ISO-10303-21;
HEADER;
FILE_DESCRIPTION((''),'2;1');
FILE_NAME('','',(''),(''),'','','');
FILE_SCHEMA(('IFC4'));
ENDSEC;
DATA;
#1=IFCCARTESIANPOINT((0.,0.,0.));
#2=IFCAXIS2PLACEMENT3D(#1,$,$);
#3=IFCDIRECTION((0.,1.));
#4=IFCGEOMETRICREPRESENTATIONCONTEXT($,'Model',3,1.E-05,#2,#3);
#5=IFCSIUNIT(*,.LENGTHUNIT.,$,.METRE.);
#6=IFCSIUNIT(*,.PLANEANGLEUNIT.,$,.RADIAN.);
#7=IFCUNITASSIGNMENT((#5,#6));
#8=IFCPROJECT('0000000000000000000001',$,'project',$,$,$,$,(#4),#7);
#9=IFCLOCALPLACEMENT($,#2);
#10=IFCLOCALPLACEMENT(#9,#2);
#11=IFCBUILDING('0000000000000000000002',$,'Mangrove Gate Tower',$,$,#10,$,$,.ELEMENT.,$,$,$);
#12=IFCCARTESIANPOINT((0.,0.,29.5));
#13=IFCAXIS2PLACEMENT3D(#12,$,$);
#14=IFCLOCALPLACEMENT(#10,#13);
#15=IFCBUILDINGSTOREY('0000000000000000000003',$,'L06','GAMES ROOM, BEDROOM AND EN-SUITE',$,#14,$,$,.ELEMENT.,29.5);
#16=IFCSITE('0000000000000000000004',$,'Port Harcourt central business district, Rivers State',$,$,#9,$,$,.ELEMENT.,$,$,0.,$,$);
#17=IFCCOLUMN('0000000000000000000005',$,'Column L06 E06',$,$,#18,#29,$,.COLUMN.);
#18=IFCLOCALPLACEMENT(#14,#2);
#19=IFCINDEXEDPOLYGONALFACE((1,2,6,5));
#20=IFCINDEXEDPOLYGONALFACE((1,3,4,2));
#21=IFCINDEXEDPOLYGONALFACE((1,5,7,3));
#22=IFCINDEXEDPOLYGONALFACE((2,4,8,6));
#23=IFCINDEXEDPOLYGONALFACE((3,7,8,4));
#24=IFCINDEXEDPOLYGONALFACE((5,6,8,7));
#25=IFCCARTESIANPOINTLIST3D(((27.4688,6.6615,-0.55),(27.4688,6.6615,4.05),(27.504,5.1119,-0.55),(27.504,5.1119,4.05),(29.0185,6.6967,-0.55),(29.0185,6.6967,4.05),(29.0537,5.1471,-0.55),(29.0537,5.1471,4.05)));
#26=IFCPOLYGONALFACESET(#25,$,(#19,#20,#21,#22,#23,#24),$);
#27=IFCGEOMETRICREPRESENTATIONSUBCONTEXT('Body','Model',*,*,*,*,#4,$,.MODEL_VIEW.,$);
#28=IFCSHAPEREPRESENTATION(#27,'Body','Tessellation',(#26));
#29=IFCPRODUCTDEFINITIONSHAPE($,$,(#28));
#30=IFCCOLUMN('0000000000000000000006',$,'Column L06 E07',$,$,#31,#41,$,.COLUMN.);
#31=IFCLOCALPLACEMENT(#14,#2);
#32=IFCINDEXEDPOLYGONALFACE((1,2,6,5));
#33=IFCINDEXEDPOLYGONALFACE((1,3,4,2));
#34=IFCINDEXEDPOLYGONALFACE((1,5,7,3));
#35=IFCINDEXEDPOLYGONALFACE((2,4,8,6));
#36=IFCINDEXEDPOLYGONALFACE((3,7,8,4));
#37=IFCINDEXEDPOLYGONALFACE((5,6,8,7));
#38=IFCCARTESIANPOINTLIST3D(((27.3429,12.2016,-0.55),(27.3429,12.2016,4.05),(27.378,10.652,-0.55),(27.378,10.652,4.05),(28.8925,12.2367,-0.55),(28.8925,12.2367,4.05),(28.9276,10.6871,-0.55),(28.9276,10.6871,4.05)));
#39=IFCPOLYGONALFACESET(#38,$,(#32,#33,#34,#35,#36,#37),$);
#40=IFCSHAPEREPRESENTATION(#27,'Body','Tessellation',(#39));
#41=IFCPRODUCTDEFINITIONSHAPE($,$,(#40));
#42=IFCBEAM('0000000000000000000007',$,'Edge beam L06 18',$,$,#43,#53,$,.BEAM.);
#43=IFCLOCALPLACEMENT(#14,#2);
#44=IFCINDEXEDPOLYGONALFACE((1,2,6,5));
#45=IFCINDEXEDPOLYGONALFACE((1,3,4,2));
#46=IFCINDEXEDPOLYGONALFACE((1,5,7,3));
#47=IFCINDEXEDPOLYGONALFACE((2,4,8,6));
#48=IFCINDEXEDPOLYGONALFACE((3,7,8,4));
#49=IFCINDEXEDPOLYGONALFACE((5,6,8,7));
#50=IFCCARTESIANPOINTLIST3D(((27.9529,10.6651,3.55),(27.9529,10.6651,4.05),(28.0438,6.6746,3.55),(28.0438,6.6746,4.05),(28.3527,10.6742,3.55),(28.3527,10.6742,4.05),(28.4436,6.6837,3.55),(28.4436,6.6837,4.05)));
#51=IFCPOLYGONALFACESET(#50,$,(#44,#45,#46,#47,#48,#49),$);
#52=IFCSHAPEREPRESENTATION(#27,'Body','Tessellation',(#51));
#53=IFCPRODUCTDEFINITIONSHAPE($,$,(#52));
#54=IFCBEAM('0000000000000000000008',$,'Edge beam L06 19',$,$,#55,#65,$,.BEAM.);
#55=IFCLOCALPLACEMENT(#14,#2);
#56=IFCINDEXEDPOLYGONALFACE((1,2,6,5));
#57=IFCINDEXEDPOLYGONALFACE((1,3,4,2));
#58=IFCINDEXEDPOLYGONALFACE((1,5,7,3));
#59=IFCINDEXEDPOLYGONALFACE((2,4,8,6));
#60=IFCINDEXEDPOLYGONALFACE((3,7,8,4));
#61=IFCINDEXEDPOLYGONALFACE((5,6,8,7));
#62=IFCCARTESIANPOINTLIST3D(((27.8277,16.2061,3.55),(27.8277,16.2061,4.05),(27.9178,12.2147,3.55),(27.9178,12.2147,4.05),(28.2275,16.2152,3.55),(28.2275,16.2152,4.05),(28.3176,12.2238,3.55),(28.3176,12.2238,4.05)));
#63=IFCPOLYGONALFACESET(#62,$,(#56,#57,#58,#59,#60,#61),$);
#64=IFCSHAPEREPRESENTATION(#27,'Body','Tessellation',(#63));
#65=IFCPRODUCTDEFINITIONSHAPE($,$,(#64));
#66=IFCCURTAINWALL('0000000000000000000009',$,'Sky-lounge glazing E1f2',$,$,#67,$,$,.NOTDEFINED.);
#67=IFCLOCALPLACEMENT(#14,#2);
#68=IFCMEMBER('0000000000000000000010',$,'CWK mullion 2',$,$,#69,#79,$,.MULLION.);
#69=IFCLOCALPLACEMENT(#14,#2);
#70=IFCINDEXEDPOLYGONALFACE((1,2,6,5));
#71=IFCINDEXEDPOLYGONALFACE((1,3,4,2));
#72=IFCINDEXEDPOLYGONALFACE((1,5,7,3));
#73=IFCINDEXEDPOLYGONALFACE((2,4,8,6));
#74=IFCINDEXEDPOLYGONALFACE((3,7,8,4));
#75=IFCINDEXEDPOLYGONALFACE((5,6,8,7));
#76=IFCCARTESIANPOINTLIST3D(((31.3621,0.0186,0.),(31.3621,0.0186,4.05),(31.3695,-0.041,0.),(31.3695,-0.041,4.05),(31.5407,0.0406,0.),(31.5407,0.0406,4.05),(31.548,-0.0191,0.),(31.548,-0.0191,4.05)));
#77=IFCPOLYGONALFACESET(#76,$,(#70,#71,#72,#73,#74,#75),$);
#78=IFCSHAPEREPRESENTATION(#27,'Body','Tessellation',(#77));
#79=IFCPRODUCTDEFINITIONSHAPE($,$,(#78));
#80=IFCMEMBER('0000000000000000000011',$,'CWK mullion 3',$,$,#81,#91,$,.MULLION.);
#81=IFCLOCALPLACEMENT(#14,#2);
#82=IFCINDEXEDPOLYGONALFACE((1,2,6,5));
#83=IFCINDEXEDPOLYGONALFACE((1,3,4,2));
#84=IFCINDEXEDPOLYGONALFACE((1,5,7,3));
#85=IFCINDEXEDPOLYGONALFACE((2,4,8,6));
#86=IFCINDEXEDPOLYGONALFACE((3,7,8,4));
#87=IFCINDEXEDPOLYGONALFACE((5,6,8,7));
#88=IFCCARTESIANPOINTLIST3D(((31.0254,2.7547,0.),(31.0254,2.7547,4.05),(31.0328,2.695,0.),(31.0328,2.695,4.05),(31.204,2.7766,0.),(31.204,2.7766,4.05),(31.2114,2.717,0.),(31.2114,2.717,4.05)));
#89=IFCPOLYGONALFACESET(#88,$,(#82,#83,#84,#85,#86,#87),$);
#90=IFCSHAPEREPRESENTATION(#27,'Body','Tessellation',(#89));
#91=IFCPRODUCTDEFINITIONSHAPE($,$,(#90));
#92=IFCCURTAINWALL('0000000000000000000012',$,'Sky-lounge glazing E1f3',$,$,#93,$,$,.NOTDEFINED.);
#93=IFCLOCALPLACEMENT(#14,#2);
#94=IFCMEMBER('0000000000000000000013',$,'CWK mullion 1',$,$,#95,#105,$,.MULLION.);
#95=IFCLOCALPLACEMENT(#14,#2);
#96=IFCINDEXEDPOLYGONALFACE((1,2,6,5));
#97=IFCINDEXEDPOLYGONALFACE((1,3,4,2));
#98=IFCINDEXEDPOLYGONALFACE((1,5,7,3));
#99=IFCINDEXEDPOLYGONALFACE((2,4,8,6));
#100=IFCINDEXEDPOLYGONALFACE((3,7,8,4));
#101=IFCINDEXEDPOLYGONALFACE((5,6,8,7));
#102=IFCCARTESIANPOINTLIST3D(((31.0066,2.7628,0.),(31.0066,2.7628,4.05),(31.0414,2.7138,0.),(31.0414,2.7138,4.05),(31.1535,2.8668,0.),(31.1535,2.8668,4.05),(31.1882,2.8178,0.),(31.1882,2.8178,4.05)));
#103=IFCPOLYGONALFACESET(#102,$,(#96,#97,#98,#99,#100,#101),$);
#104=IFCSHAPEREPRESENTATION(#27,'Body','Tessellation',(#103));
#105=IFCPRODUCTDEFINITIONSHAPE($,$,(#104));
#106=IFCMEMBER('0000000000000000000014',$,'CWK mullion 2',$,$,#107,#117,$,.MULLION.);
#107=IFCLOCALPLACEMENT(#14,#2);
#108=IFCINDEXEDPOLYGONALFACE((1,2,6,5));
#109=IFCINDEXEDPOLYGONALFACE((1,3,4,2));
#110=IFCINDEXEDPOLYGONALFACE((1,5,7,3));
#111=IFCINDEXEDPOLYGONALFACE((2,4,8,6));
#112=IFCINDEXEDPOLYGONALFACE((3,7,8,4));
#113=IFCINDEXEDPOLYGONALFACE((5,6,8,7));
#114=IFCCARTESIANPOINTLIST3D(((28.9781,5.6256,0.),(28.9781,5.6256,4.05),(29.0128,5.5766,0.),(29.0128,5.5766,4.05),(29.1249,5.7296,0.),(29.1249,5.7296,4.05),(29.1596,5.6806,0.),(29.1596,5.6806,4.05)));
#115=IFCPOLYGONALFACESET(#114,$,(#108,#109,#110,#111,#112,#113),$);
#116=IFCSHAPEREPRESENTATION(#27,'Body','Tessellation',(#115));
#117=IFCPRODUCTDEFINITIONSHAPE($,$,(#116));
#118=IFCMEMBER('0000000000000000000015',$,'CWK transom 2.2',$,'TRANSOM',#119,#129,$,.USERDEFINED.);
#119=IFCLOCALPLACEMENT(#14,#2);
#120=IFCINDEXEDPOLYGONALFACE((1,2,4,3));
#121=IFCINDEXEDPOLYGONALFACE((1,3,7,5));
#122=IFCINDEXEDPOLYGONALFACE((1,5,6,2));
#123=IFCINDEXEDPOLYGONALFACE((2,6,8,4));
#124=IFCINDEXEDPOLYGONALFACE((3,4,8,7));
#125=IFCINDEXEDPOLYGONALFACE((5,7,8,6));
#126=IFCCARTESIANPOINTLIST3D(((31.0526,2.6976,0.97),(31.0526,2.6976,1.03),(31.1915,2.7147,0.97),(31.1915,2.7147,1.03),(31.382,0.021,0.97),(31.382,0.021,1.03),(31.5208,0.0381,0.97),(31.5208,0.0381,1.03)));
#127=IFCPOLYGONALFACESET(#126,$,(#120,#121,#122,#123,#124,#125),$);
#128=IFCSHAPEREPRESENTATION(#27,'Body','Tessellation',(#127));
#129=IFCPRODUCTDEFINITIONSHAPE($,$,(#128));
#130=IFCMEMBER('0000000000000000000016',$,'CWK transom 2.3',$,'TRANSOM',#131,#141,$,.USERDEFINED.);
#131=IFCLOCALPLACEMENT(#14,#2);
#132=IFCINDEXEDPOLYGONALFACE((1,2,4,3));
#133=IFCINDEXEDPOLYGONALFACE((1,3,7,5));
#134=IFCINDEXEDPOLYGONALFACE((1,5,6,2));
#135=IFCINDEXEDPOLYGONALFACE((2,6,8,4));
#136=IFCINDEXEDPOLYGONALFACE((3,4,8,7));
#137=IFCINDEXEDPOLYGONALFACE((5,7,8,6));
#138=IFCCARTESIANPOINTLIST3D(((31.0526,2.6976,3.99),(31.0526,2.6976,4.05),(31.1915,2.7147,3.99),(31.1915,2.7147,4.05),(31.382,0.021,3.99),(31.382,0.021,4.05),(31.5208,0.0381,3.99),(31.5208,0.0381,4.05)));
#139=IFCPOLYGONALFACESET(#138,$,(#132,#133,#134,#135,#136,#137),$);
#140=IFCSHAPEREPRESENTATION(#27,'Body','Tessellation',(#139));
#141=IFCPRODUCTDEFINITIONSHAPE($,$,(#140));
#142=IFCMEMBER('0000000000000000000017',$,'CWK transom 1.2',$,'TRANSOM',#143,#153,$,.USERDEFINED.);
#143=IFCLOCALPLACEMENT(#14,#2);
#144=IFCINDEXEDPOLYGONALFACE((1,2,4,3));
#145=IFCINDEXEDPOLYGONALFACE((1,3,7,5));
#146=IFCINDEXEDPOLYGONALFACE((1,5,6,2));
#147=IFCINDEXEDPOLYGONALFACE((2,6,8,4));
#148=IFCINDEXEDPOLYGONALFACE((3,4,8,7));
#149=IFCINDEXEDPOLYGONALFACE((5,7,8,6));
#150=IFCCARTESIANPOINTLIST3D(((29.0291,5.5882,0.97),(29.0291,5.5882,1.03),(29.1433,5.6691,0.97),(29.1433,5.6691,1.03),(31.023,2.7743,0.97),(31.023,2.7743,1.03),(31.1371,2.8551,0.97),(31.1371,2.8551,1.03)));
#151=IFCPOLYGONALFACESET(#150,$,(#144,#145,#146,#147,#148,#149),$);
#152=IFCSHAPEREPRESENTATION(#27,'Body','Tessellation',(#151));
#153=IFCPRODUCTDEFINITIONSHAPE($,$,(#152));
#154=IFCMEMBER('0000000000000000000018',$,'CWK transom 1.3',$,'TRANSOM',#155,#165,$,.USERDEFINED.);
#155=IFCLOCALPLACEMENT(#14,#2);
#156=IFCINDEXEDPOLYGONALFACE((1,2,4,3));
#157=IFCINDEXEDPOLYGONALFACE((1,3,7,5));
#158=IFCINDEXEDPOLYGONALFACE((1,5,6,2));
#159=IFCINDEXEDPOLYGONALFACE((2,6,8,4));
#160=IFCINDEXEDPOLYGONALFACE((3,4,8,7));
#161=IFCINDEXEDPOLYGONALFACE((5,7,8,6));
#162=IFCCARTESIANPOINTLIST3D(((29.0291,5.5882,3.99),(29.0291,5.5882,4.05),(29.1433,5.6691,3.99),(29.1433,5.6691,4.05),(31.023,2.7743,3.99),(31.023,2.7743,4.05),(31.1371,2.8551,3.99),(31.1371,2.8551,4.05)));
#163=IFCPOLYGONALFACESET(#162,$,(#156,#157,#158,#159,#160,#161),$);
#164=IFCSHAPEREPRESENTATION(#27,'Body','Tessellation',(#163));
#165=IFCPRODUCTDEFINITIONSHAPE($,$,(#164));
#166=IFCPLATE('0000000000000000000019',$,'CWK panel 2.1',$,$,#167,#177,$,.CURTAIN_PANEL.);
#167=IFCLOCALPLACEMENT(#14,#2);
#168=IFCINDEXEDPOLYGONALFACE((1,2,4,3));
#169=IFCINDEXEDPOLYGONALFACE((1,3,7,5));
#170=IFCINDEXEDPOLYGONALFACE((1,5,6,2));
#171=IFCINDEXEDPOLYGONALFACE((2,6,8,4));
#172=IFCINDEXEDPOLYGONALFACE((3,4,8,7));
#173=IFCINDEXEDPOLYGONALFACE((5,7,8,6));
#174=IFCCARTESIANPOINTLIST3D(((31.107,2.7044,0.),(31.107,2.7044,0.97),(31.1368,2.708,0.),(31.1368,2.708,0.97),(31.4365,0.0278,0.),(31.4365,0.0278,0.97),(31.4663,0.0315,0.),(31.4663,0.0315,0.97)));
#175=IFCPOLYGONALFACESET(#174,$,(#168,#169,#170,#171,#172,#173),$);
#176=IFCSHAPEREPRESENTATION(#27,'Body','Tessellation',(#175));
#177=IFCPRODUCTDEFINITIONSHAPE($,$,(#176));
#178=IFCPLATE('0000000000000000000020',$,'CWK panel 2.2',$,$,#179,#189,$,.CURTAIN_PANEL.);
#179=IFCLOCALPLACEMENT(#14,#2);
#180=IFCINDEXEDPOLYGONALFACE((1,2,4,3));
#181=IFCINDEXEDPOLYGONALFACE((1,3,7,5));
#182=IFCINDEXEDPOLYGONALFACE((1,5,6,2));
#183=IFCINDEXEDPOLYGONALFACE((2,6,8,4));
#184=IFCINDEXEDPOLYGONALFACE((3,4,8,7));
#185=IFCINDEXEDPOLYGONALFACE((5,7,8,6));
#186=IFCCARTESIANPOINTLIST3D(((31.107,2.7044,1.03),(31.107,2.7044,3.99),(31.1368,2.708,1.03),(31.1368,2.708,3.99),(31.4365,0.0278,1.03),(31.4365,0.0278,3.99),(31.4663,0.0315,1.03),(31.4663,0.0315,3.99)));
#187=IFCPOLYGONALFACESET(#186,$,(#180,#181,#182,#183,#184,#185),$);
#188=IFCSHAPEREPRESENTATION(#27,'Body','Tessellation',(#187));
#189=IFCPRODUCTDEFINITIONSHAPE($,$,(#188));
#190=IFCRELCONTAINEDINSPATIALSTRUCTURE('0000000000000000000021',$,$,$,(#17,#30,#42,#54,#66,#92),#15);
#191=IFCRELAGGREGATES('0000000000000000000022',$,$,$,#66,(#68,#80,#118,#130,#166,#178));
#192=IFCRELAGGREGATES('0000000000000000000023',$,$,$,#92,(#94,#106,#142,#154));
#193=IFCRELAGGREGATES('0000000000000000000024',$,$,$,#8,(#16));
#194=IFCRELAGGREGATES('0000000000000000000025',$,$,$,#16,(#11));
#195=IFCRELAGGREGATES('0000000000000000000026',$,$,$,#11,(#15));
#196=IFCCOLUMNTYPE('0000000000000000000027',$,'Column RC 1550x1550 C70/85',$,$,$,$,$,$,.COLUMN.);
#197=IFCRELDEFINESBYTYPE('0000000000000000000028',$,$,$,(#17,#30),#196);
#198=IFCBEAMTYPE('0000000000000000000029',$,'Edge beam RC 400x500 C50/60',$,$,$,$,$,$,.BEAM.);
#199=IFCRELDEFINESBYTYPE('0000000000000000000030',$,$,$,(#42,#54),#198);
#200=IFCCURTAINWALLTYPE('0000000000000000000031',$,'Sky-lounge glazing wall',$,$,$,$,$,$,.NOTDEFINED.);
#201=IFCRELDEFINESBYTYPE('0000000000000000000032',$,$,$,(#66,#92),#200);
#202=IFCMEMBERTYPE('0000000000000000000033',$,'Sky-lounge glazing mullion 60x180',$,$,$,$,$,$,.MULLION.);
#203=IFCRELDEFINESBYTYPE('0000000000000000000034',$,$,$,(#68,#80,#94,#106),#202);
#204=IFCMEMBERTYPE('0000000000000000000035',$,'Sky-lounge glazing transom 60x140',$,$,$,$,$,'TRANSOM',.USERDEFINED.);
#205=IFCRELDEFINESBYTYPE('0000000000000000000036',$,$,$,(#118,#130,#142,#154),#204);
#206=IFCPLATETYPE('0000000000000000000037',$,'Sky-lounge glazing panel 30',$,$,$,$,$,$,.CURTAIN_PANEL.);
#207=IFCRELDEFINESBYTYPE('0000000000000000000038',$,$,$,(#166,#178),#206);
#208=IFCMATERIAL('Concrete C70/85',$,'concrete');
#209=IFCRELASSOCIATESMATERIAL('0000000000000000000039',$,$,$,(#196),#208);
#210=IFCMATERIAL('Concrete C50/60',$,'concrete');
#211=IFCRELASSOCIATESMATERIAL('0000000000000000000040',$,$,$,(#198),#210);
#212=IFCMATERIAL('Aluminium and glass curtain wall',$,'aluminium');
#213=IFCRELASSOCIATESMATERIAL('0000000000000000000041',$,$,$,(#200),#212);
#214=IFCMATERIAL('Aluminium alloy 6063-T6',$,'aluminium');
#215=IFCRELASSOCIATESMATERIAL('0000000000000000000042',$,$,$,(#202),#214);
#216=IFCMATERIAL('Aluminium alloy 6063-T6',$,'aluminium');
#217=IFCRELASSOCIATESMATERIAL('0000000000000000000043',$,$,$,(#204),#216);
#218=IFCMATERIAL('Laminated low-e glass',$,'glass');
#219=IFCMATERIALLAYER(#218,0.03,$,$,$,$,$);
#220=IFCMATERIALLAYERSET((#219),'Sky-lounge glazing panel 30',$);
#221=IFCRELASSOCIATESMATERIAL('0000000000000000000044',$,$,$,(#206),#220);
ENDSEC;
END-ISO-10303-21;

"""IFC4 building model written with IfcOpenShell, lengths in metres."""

from ifc_helpers import new_model, si_unit, direction, frame, origin, origin_2d, place, context, subcontext, project, spatial, rectangle, extrude, material, layer, layer_set, material_profile, profile_set, type_object, element, aggregate, save


model = new_model("IFC4")

# Units and contexts
model_context = context("Model", 3, precision=1e-05, world=origin(), true_north=direction((0.0, 1.0)))
body_context = subcontext(model_context, "Body", "Model", "MODEL_VIEW")
ifc_project = project(units=[si_unit("LENGTHUNIT", "METRE"), si_unit("PLANEANGLEUNIT", "RADIAN")], contexts=[model_context])

# Site, building, storey
site_placement = place(None, origin())
site = spatial("IfcSite", under=ifc_project, at=site_placement, Name="Port Harcourt central business district, Rivers State", CompositionType="ELEMENT", RefElevation=0.0)
building_placement = place(site_placement, origin())
building = spatial("IfcBuilding", under=site, at=building_placement, Name="Mangrove Gate Tower", CompositionType="ELEMENT")
storey_placement = place(building_placement, frame((0.0, 0.0, 29.5)))
storey = spatial("IfcBuildingStorey", under=building, at=storey_placement, Name="L06", Description="GAMES ROOM, BEDROOM AND EN-SUITE", CompositionType="ELEMENT", Elevation=29.5)

# Columns
ifc_material_1 = material(Name="Concrete C70/85", Category="concrete")
ifc_material_profile_1 = material_profile(ifc_material_1, rectangle(XDim=1.55, YDim=1.55, at=origin_2d()))
ifc_profile_set_1 = profile_set([ifc_material_profile_1], Name="Concrete C70/85")
column_type = type_object("IfcColumnType", Name="Column RC 1550x1550 C70/85", PredefinedType="COLUMN", material=ifc_profile_set_1)
for number, where, z_axis, x_axis, name in (
    (1, (28.2612, 5.9043, -0.55), (0.0, 0.0, 1.0), (-0.022704, 0.999742, 0.0), "Column L06 E06"),
    (2, (28.1353, 11.4443, -0.55), (0.0, 0.0, 1.0), (-0.022646, 0.999744, 0.0), "Column L06 E07"),
):
    element("IfcColumn", number, at=place(storey_placement, frame(where, z_axis=z_axis, x_axis=x_axis)), inside=storey, type_object=column_type, Name=name, PredefinedType="COLUMN", context=body_context, shape_type="SweptSolid", body=[
        extrude(rectangle(XDim=1.55, YDim=1.55, at=origin_2d()), origin(), (0.0, 0.0, 1.0), 4.6001),
    ])

# Beams
ifc_material_2 = material(Name="Concrete C50/60", Category="concrete")
ifc_material_profile_2 = material_profile(ifc_material_2, rectangle(XDim=0.3999, YDim=0.5, at=origin_2d()))
ifc_profile_set_2 = profile_set([ifc_material_profile_2], Name="Concrete C50/60")
beam_type = type_object("IfcBeamType", Name="Edge beam RC 400x500 C50/60", PredefinedType="BEAM", material=ifc_profile_set_2)
beam_1_placement = place(storey_placement, frame((28.2437, 6.6792, 3.8), z_axis=(-0.022753, 0.999741, 0.0), x_axis=(-0.999741, -0.022753, 0.0)))
element("IfcBeam", 3, at=beam_1_placement, inside=storey, type_object=beam_type, Name="Edge beam L06 18", PredefinedType="BEAM", context=body_context, shape_type="SweptSolid", body=[
    extrude(rectangle(XDim=0.3999, YDim=0.5, at=origin_2d()), origin(), (0.0, 0.0, 1.0), 3.9915),
])
beam_2_placement = place(storey_placement, frame((28.1177, 12.2192, 3.8), z_axis=(-0.022564, 0.999745, 0.0), x_axis=(-0.999745, -0.022564, 0.0)))
element("IfcBeam", 4, at=beam_2_placement, inside=storey, type_object=beam_type, Name="Edge beam L06 19", PredefinedType="BEAM", context=body_context, shape_type="SweptSolid", body=[
    extrude(rectangle(XDim=0.3999, YDim=0.5, at=origin_2d()), origin(), (0.0, 0.0, 1.0), 3.9924),
])

# Curtain walls, members
ifc_material_3 = material(Name="Aluminium and glass curtain wall", Category="aluminium")
curtain_wall_type = type_object("IfcCurtainWallType", Name="Sky-lounge glazing wall", PredefinedType="NOTDEFINED", material=ifc_material_3)
curtain_wall_1_placement = place(storey_placement, origin())
curtain_wall_1 = element("IfcCurtainWall", 5, at=curtain_wall_1_placement, inside=storey, type_object=curtain_wall_type, Name="Sky-lounge glazing E1f2", PredefinedType="NOTDEFINED")
ifc_material_4 = material(Name="Aluminium alloy 6063-T6", Category="aluminium")
ifc_material_profile_3 = material_profile(ifc_material_4, rectangle(XDim=0.0601, YDim=0.1799, at=origin_2d()))
ifc_profile_set_3 = profile_set([ifc_material_profile_3], Name="Aluminium alloy 6063-T6")
member_type_1 = type_object("IfcMemberType", Name="Sky-lounge glazing mullion 60x180", PredefinedType="MULLION", material=ifc_profile_set_3)
member_1_placement = place(storey_placement, frame((31.4551, -0.0002, 0.0), z_axis=(0.0, 0.0, 1.0), x_axis=(-0.122172, 0.992509, 0.0)))
member_1 = element("IfcMember", 6, at=member_1_placement, type_object=member_type_1, Name="CWK mullion 2", PredefinedType="MULLION", context=body_context, shape_type="SweptSolid", body=[
    extrude(rectangle(XDim=0.0601, YDim=0.1799, at=origin_2d()), origin(), (0.0, 0.0, 1.0), 4.05),
])
member_2_placement = place(storey_placement, frame((31.1184, 2.7358, 0.0), z_axis=(0.0, 0.0, 1.0), x_axis=(-0.122172, 0.992509, 0.0)))
member_2 = element("IfcMember", 7, at=member_2_placement, type_object=member_type_1, Name="CWK mullion 3", PredefinedType="MULLION", context=body_context, shape_type="SweptSolid", body=[
    extrude(rectangle(XDim=0.0601, YDim=0.1799, at=origin_2d()), origin(), (0.0, 0.0, 1.0), 4.05),
])
curtain_wall_2_placement = place(storey_placement, origin())
curtain_wall_2 = element("IfcCurtainWall", 8, at=curtain_wall_2_placement, inside=storey, type_object=curtain_wall_type, Name="Sky-lounge glazing E1f3", PredefinedType="NOTDEFINED")
member_3_placement = place(storey_placement, frame((31.0974, 2.7903, 0.0), z_axis=(0.0, 0.0, 1.0), x_axis=(-0.578123, 0.81595, 0.0)))
member_3 = element("IfcMember", 9, at=member_3_placement, type_object=member_type_1, Name="CWK mullion 1", PredefinedType="MULLION", context=body_context, shape_type="SweptSolid", body=[
    extrude(rectangle(XDim=0.0601, YDim=0.1799, at=origin_2d()), origin(), (0.0, 0.0, 1.0), 4.05),
])
member_4_placement = place(storey_placement, frame((29.0688, 5.6531, 0.0), z_axis=(0.0, 0.0, 1.0), x_axis=(-0.578123, 0.81595, 0.0)))
member_4 = element("IfcMember", 10, at=member_4_placement, type_object=member_type_1, Name="CWK mullion 2", PredefinedType="MULLION", context=body_context, shape_type="SweptSolid", body=[
    extrude(rectangle(XDim=0.0601, YDim=0.1799, at=origin_2d()), origin(), (0.0, 0.0, 1.0), 4.05),
])

# Members
ifc_material_5 = material(Name="Aluminium alloy 6063-T6", Category="aluminium")
ifc_material_profile_4 = material_profile(ifc_material_5, rectangle(XDim=0.0601, YDim=0.1399, at=origin_2d()))
ifc_profile_set_4 = profile_set([ifc_material_profile_4], Name="Aluminium alloy 6063-T6")
member_type_2 = type_object("IfcMemberType", Name="Sky-lounge glazing transom 60x140", ElementType="TRANSOM", PredefinedType="USERDEFINED", material=ifc_profile_set_4)
member_5_placement = place(storey_placement, frame((31.4514, 0.0295, 1.0), z_axis=(-0.122129, 0.992514, 0.0), x_axis=(0.0, 0.0, 1.0)))
member_5 = element("IfcMember", 11, at=member_5_placement, type_object=member_type_2, Name="CWK transom 2.2", ObjectType="TRANSOM", PredefinedType="USERDEFINED", context=body_context, shape_type="SweptSolid", body=[
    extrude(rectangle(XDim=0.0601, YDim=0.1399, at=origin_2d()), origin(), (0.0, 0.0, 1.0), 2.6968),
])
member_6_placement = place(storey_placement, frame((31.4514, 0.0295, 4.02), z_axis=(-0.122129, 0.992514, 0.0), x_axis=(0.0, 0.0, 1.0)))
member_6 = element("IfcMember", 12, at=member_6_placement, type_object=member_type_2, Name="CWK transom 2.3", ObjectType="TRANSOM", PredefinedType="USERDEFINED", context=body_context, shape_type="SweptSolid", body=[
    extrude(rectangle(XDim=0.0601, YDim=0.1399, at=origin_2d()), origin(), (0.0, 0.0, 1.0), 2.6968),
])
member_7_placement = place(storey_placement, frame((31.0801, 2.8147, 1.0), z_axis=(-0.578147, 0.815933, 0.0), x_axis=(0.0, 0.0, 1.0)))
member_7 = element("IfcMember", 13, at=member_7_placement, type_object=member_type_2, Name="CWK transom 1.2", ObjectType="TRANSOM", PredefinedType="USERDEFINED", context=body_context, shape_type="SweptSolid", body=[
    extrude(rectangle(XDim=0.0601, YDim=0.1399, at=origin_2d()), origin(), (0.0, 0.0, 1.0), 3.4487),
])
member_8_placement = place(storey_placement, frame((31.0801, 2.8147, 4.02), z_axis=(-0.578147, 0.815933, 0.0), x_axis=(0.0, 0.0, 1.0)))
member_8 = element("IfcMember", 14, at=member_8_placement, type_object=member_type_2, Name="CWK transom 1.3", ObjectType="TRANSOM", PredefinedType="USERDEFINED", context=body_context, shape_type="SweptSolid", body=[
    extrude(rectangle(XDim=0.0601, YDim=0.1399, at=origin_2d()), origin(), (0.0, 0.0, 1.0), 3.4487),
])

# Plates
ifc_material_6 = material(Name="Laminated low-e glass", Category="glass")
ifc_layer_1 = layer(ifc_material_6, 0.03)
ifc_layer_set_1 = layer_set([ifc_layer_1], Name="Sky-lounge glazing panel 30")
plate_type = type_object("IfcPlateType", Name="Sky-lounge glazing panel 30", PredefinedType="CURTAIN_PANEL", material=ifc_layer_set_1)
plate_1_placement = place(storey_placement, frame((31.2866, 1.3679, 0.0), z_axis=(0.0, 0.0, 1.0), x_axis=(-0.122172, 0.992509, 0.0)))
plate_1 = element("IfcPlate", 15, at=plate_1_placement, type_object=plate_type, Name="CWK panel 2.1", PredefinedType="CURTAIN_PANEL", context=body_context, shape_type="SweptSolid", body=[
    extrude(rectangle(XDim=2.6968, YDim=0.03, at=origin_2d()), origin(), (0.0, 0.0, 1.0), 0.97),
])
plate_2_placement = place(storey_placement, frame((31.2866, 1.3679, 1.03), z_axis=(0.0, 0.0, 1.0), x_axis=(-0.122172, 0.992509, 0.0)))
plate_2 = element("IfcPlate", 16, at=plate_2_placement, type_object=plate_type, Name="CWK panel 2.2", PredefinedType="CURTAIN_PANEL", context=body_context, shape_type="SweptSolid", body=[
    extrude(rectangle(XDim=2.6968, YDim=0.03, at=origin_2d()), origin(), (0.0, 0.0, 1.0), 2.96),
])
aggregate(curtain_wall_1, [member_1, member_2, member_5, member_6, plate_1, plate_2])
aggregate(curtain_wall_2, [member_3, member_4, member_7, member_8])

save(model, "model.ifc")
